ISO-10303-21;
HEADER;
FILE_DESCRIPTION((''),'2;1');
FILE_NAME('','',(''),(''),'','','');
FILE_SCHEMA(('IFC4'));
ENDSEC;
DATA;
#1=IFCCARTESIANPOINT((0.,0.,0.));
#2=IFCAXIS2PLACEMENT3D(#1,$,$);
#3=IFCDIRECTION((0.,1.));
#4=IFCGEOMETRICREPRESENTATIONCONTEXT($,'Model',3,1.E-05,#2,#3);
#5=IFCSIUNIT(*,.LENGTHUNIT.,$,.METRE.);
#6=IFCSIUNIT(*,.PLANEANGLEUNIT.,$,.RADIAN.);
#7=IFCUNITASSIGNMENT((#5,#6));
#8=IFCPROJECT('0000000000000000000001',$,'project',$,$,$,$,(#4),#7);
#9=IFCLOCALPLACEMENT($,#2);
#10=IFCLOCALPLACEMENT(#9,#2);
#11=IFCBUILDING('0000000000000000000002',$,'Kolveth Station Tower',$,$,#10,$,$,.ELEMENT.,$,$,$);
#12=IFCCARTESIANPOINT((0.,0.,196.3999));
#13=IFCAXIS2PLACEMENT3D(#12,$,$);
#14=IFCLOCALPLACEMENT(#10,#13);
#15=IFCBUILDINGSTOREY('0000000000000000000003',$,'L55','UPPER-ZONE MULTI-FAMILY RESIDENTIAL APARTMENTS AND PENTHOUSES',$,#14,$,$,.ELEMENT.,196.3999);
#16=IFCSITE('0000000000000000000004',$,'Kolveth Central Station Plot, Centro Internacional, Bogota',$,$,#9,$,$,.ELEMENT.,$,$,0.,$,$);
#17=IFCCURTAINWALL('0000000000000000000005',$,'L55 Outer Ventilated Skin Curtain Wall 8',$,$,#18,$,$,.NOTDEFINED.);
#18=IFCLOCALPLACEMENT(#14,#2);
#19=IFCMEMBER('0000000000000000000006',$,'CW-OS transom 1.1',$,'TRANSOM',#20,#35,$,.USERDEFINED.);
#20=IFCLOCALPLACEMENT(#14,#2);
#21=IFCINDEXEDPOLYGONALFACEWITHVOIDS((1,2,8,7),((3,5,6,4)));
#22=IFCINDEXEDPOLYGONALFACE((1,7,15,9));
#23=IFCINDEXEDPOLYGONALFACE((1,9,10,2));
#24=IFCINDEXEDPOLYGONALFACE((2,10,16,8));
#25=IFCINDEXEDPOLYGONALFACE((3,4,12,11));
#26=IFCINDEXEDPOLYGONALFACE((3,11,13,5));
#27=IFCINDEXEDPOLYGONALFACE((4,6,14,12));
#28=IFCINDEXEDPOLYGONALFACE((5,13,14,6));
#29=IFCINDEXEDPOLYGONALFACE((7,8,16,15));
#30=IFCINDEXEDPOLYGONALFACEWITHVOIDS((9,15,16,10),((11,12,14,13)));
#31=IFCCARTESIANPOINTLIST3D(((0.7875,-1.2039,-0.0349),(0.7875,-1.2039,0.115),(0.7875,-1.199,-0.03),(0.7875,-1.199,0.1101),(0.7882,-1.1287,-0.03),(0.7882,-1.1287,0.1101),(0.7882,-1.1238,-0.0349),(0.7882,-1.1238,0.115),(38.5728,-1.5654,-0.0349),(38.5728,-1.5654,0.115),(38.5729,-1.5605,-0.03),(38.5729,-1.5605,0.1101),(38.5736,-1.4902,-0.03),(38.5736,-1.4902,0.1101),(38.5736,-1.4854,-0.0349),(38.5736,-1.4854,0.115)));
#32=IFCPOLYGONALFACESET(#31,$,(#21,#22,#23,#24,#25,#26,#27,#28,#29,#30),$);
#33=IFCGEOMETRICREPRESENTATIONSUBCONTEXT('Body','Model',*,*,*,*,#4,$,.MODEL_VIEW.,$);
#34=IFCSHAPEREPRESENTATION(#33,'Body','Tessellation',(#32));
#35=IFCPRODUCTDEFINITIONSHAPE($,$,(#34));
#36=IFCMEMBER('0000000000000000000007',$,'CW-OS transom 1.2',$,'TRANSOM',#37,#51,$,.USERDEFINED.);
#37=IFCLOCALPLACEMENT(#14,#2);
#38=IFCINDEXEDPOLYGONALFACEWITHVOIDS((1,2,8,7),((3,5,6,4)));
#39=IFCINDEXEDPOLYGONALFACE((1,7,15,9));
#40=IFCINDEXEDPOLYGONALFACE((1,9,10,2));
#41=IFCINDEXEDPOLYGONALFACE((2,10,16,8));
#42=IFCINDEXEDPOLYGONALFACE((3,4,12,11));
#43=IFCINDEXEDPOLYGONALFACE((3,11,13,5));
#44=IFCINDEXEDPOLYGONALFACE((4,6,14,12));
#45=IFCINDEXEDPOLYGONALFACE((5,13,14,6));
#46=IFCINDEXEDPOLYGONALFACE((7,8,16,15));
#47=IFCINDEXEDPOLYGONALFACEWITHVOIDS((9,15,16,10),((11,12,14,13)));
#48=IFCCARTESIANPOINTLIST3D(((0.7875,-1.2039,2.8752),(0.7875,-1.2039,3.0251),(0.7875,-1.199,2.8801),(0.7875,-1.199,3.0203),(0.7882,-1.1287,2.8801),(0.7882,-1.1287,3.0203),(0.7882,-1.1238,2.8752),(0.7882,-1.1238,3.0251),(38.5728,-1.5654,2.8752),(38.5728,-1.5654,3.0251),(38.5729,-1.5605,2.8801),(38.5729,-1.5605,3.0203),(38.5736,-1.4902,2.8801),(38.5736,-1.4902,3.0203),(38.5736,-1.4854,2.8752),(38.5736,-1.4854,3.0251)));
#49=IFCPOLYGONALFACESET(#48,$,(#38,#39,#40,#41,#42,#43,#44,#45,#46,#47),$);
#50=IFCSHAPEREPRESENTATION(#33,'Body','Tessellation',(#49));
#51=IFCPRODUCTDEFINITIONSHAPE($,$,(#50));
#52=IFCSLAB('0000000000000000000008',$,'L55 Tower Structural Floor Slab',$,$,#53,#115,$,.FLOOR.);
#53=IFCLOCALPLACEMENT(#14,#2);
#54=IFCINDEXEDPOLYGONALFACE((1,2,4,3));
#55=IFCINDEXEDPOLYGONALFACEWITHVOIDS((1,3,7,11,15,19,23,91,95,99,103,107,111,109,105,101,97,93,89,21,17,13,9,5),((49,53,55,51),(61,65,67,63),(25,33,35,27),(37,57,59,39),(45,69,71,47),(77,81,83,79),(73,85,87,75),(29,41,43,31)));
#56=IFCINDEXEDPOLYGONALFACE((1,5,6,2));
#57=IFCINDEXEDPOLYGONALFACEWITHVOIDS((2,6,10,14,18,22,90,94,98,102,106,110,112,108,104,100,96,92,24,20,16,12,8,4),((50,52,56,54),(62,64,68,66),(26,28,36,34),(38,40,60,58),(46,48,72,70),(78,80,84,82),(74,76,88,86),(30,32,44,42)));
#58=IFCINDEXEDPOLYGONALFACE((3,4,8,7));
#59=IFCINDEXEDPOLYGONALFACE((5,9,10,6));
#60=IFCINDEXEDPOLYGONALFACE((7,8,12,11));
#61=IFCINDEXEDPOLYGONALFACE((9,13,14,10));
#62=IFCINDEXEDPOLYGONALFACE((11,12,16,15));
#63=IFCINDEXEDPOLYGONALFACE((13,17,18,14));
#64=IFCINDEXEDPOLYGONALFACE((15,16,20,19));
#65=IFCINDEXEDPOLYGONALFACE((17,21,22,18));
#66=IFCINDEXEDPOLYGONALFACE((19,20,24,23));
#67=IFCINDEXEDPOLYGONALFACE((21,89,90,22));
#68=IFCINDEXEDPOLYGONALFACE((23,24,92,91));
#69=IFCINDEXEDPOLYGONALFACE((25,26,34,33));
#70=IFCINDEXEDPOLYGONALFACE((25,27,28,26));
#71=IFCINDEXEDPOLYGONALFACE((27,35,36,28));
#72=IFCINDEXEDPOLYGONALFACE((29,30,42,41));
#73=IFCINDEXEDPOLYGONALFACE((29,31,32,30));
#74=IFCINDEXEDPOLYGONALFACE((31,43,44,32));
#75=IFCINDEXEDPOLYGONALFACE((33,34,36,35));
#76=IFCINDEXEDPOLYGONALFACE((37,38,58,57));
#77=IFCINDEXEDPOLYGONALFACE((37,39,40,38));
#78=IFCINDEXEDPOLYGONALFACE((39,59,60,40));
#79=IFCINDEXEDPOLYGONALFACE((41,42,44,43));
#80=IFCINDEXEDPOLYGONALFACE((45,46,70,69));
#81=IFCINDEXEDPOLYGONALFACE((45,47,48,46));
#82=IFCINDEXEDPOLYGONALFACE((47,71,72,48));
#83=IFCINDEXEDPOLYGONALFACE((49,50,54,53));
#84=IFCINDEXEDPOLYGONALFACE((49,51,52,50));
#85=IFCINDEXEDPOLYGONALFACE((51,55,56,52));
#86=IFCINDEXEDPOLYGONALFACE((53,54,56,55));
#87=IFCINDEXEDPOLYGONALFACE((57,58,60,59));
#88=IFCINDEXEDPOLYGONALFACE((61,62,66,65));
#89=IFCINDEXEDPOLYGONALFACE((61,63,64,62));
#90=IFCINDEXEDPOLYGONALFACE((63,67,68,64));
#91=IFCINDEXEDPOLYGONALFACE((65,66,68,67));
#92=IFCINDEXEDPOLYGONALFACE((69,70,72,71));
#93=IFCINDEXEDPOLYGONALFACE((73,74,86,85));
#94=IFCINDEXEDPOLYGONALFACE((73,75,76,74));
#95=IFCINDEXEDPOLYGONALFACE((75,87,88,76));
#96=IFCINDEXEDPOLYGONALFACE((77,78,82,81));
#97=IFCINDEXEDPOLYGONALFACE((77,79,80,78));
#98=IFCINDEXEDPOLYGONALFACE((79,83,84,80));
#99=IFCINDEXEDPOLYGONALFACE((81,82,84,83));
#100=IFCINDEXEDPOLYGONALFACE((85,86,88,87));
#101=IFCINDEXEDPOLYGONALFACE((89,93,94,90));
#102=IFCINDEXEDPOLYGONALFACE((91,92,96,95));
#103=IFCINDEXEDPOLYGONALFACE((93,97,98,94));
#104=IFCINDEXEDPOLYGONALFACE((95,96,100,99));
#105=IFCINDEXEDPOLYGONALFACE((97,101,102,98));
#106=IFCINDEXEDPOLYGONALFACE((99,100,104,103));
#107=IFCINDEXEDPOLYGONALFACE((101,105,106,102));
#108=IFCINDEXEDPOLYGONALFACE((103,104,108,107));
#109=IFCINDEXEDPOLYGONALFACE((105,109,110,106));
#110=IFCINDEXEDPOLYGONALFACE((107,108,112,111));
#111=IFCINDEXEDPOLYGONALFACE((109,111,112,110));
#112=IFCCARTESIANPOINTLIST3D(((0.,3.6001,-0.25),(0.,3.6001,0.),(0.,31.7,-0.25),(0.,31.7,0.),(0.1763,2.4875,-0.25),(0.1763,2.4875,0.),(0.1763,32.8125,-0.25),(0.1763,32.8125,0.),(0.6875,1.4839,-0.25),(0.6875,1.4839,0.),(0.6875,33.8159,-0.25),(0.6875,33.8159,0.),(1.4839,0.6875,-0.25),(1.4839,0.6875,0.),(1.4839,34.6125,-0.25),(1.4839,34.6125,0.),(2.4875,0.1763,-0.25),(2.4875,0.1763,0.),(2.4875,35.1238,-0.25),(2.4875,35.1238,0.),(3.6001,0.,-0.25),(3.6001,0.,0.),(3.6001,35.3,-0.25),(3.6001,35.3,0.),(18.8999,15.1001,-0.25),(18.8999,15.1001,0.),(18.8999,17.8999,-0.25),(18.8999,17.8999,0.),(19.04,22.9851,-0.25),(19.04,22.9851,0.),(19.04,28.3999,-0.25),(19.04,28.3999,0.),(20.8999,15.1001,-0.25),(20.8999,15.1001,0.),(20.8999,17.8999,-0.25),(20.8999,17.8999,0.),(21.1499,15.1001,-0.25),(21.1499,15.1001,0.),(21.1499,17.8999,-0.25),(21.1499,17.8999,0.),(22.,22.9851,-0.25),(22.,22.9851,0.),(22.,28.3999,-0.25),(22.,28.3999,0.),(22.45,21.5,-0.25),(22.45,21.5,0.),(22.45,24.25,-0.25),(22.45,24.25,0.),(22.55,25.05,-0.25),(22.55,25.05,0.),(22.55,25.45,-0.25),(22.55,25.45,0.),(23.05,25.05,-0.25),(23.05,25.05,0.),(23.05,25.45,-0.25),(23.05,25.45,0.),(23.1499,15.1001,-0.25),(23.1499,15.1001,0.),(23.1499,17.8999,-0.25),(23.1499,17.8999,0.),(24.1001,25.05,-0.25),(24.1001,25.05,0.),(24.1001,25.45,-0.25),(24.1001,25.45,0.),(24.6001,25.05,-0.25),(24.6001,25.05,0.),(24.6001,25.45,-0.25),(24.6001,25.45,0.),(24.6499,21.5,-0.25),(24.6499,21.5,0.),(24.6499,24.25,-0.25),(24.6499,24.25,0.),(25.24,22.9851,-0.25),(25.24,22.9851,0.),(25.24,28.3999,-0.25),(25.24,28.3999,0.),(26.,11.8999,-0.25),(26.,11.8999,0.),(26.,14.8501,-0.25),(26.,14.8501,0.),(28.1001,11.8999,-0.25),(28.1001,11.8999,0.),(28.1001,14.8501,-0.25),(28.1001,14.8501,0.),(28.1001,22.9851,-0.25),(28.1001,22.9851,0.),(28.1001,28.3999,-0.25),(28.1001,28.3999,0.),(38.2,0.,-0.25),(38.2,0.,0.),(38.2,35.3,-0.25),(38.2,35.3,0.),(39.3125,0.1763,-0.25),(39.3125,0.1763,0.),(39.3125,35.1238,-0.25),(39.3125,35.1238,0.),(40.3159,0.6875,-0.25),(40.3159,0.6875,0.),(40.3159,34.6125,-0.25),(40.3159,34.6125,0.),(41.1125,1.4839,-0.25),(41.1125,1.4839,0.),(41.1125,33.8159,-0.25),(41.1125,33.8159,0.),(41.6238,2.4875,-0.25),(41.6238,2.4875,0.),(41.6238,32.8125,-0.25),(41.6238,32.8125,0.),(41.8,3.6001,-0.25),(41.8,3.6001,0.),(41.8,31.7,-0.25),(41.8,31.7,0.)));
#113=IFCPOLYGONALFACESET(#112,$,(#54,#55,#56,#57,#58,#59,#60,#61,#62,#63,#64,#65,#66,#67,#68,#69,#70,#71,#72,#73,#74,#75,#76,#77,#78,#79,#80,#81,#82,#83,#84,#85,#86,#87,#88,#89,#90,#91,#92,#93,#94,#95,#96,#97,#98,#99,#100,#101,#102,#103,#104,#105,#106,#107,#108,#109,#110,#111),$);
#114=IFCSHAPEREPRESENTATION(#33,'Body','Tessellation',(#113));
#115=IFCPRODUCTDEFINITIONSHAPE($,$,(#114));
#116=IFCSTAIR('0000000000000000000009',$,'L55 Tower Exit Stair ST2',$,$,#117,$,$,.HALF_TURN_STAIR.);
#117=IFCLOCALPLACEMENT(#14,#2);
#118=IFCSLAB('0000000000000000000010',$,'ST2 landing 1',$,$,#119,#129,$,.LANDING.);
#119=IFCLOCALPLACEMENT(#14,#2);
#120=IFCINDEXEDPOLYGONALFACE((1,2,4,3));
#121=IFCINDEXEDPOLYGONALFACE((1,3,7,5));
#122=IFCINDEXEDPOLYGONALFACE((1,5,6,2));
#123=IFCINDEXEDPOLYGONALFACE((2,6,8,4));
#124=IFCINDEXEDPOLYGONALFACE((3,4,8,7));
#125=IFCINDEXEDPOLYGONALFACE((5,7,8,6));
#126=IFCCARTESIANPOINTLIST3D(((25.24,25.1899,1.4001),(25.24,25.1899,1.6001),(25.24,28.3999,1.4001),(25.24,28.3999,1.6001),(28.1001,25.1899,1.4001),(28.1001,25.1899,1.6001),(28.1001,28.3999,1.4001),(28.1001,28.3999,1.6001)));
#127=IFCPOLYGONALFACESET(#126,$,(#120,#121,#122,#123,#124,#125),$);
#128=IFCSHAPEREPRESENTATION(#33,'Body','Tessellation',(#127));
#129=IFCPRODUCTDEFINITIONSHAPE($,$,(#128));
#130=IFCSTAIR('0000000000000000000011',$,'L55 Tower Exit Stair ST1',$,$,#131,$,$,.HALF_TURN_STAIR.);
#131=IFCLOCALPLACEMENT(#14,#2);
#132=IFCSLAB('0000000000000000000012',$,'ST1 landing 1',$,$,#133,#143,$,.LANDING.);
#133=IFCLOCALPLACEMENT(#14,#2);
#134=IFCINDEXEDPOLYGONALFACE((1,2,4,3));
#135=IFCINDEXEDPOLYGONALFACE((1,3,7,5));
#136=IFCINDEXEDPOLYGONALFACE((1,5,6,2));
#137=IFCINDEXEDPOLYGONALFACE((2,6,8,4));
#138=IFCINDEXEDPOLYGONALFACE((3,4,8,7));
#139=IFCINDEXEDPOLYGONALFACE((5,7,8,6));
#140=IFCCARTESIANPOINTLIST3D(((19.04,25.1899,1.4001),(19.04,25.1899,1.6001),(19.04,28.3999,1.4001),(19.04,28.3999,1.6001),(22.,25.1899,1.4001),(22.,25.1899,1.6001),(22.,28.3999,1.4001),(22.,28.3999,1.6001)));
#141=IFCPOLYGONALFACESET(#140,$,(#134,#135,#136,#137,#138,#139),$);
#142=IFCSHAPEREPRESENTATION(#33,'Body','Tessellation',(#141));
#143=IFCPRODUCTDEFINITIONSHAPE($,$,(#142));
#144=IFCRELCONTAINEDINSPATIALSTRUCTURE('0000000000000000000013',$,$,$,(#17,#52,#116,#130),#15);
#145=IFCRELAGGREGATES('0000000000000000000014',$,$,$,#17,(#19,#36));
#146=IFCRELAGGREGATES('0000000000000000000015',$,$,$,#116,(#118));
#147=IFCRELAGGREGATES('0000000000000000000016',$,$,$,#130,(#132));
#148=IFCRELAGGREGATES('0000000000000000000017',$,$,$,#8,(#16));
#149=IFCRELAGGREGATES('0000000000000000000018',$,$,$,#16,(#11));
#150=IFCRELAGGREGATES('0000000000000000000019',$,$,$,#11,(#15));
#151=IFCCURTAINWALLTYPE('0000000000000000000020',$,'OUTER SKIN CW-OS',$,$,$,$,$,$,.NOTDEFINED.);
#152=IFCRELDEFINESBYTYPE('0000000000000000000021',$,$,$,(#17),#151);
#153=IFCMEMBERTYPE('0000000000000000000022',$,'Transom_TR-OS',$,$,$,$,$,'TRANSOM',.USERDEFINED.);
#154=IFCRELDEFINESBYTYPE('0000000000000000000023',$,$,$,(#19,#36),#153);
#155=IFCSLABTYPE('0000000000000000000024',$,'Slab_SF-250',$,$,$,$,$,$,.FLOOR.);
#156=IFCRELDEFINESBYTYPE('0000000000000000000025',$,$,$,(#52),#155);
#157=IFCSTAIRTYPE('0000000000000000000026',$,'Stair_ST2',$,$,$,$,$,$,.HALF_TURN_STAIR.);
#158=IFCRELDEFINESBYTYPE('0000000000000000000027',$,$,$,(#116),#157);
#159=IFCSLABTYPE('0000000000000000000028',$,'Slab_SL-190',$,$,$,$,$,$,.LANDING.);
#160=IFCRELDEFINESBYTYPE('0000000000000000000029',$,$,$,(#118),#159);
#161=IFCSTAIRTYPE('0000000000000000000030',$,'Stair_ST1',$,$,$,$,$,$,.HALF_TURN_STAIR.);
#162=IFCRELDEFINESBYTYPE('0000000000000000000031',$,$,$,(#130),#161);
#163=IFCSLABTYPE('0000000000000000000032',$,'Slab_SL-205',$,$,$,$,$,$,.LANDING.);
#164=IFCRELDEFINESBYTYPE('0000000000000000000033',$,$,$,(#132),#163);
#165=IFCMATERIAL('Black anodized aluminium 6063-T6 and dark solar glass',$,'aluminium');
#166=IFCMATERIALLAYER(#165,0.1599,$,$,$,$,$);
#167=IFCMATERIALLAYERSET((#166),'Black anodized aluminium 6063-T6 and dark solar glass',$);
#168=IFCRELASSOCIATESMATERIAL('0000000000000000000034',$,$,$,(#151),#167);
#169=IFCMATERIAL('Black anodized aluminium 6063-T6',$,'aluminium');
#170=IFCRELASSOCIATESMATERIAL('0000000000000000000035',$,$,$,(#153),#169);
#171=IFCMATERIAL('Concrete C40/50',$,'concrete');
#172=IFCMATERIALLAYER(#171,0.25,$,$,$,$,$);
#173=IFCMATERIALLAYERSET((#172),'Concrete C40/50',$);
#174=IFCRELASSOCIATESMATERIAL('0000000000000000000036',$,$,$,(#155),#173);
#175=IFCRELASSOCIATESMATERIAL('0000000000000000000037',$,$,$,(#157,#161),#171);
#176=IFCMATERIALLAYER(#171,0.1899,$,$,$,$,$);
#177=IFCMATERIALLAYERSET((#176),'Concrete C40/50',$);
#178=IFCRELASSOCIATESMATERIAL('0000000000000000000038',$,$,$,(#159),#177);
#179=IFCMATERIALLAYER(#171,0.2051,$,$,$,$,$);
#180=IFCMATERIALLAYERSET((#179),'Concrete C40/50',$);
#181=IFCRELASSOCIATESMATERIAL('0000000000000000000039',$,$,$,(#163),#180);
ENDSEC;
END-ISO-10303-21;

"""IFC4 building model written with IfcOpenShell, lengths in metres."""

from ifc_helpers import new_model, si_unit, direction, frame, origin, origin_2d, place, context, subcontext, project, spatial, polyline, hollow_rectangle, outline, extrude, source, transform, mapped, material, layer, layer_set, material_profile, profile_set, type_object, element, aggregate, save


model = new_model("IFC4")

# Units and contexts
model_context = context("Model", 3, precision=1e-05, world=origin(), true_north=direction((0.0, 1.0)))
body_context = subcontext(model_context, "Body", "Model", "MODEL_VIEW")
ifc_project = project(units=[si_unit("LENGTHUNIT", "METRE"), si_unit("PLANEANGLEUNIT", "RADIAN")], contexts=[model_context])

# Site, building, storey
site_placement = place(None, origin())
site = spatial("IfcSite", under=ifc_project, at=site_placement, Name="Kolveth Central Station Plot, Centro Internacional, Bogota", CompositionType="ELEMENT", RefElevation=0.0)
building_placement = place(site_placement, origin())
building = spatial("IfcBuilding", under=site, at=building_placement, Name="Kolveth Station Tower", CompositionType="ELEMENT")
storey_placement = place(building_placement, frame((0.0, 0.0, 196.3999)))
storey = spatial("IfcBuildingStorey", under=building, at=storey_placement, Name="L55", Description="UPPER-ZONE MULTI-FAMILY RESIDENTIAL APARTMENTS AND PENTHOUSES", CompositionType="ELEMENT", Elevation=196.3999)

# Curtain wall
ifc_material_1 = material(Name="Black anodized aluminium 6063-T6 and dark solar glass", Category="aluminium")
ifc_layer_1 = layer(ifc_material_1, 0.1599)
ifc_layer_set_1 = layer_set([ifc_layer_1], Name="Black anodized aluminium 6063-T6 and dark solar glass")
curtain_wall_type_1 = type_object("IfcCurtainWallType", Name="OUTER SKIN CW-OS", PredefinedType="NOTDEFINED", material=ifc_layer_set_1)
ifc_material_2 = material(Name="Black anodized aluminium 6063-T6", Category="aluminium")
curtain_wall_1_placement = place(storey_placement, origin())
curtain_wall_1 = element("IfcCurtainWall", 1, at=curtain_wall_1_placement, inside=storey, type_object=curtain_wall_type_1, Name="L55 Outer Ventilated Skin Curtain Wall 8", PredefinedType="NOTDEFINED")

# Members
ifc_material_profile_1 = material_profile(ifc_material_2, hollow_rectangle(XDim=0.0801, YDim=0.1499, WallThickness=0.0049, at=origin_2d()), Name="ALU-80x150x5")
ifc_profile_set_1 = profile_set([ifc_material_profile_1], Name="Black anodized aluminium 6063-T6")
member_type_1 = type_object("IfcMemberType", Name="Transom_TR-OS", ElementType="TRANSOM", PredefinedType="USERDEFINED", material=ifc_profile_set_1)
shared_shape_1 = source(origin(), body_context, "Body", "SweptSolid", [
    extrude(hollow_rectangle(XDim=0.0801, YDim=0.1499, WallThickness=0.0049, at=origin_2d()), origin(), (0.0, 0.0, 1.0), 37.7871),
])
member_1_placement = place(storey_placement, frame((0.7878, -1.1638, 0.04), z_axis=(0.999954, -0.009569, 0.0), x_axis=(0.009569, 0.999954, 0.0)))
member_1 = element("IfcMember", 2, at=member_1_placement, type_object=member_type_1, Name="CW-OS transom 1.1", ObjectType="TRANSOM", PredefinedType="USERDEFINED", context=body_context, shape_type="MappedRepresentation", body=[
    mapped(shared_shape_1, transform((0.0, 0.0, 0.0), x_axis=(1.0, 0.0, 0.0), y_axis=(0.0, 1.0, 0.0), z_axis=(0.0, 0.0, 1.0), scale=1.0)),
])
member_2_placement = place(storey_placement, frame((0.7878, -1.1638, 2.9502), z_axis=(0.999954, -0.009569, 0.0), x_axis=(0.009569, 0.999954, 0.0)))
member_2 = element("IfcMember", 3, at=member_2_placement, type_object=member_type_1, Name="CW-OS transom 1.2", ObjectType="TRANSOM", PredefinedType="USERDEFINED", context=body_context, shape_type="MappedRepresentation", body=[
    mapped(shared_shape_1, transform((0.0, 0.0, 0.0), x_axis=(1.0, 0.0, 0.0), y_axis=(0.0, 1.0, 0.0), z_axis=(0.0, 0.0, 1.0), scale=1.0)),
])
aggregate(curtain_wall_1, [member_1, member_2])

# Slab
ifc_material_3 = material(Name="Concrete C40/50", Category="concrete")
ifc_layer_2 = layer(ifc_material_3, 0.25)
ifc_layer_set_2 = layer_set([ifc_layer_2], Name="Concrete C40/50")
slab_type_1 = type_object("IfcSlabType", Name="Slab_SF-250", PredefinedType="FLOOR", material=ifc_layer_set_2)
slab_1_placement = place(storey_placement, frame((0.0, 0.0, -0.25)))
element("IfcSlab", 4, at=slab_1_placement, inside=storey, type_object=slab_type_1, Name="L55 Tower Structural Floor Slab", PredefinedType="FLOOR", context=body_context, shape_type="SweptSolid", body=[
    extrude(outline(polyline([(38.2, 0.0), (39.3125, 0.1763), (40.3159, 0.6875), (41.1125, 1.4839), (41.6238, 2.4875), (41.8, 3.6001), (41.8, 31.7), (41.6238, 32.8125), (41.1125, 33.8159), (40.3159, 34.6125), (39.3125, 35.1238), (38.2, 35.3), (3.6001, 35.3), (2.4875, 35.1238), (1.4839, 34.6125), (0.6875, 33.8159), (0.1763, 32.8125), (0.0, 31.7), (0.0, 3.6001), (0.1763, 2.4875), (0.6875, 1.4839), (1.4839, 0.6875), (2.4875, 0.1763), (3.6001, 0.0), (38.2, 0.0)]), holes=[polyline([(19.04, 22.9851), (22.0, 22.9851), (22.0, 28.3999), (19.04, 28.3999), (19.04, 22.9851)]), polyline([(25.24, 22.9851), (28.1001, 22.9851), (28.1001, 28.3999), (25.24, 28.3999), (25.24, 22.9851)]), polyline([(18.8999, 15.1001), (20.8999, 15.1001), (20.8999, 17.8999), (18.8999, 17.8999), (18.8999, 15.1001)]), polyline([(21.1499, 15.1001), (23.1499, 15.1001), (23.1499, 17.8999), (21.1499, 17.8999), (21.1499, 15.1001)]), polyline([(22.45, 21.5), (24.6499, 21.5), (24.6499, 24.25), (22.45, 24.25), (22.45, 21.5)]), polyline([(26.0, 11.8999), (28.1001, 11.8999), (28.1001, 14.8501), (26.0, 14.8501), (26.0, 11.8999)]), polyline([(22.55, 25.05), (23.05, 25.05), (23.05, 25.45), (22.55, 25.45), (22.55, 25.05)]), polyline([(24.1001, 25.05), (24.6001, 25.05), (24.6001, 25.45), (24.1001, 25.45), (24.1001, 25.05)])]), origin(), (0.0, 0.0, 1.0), 0.25),
])

# Stairs, slabs
stair_type_1 = type_object("IfcStairType", Name="Stair_ST2", PredefinedType="HALF_TURN_STAIR", material=ifc_material_3)
stair_1_placement = place(storey_placement, origin())
stair_1 = element("IfcStair", 5, at=stair_1_placement, inside=storey, type_object=stair_type_1, Name="L55 Tower Exit Stair ST2", PredefinedType="HALF_TURN_STAIR")
ifc_layer_3 = layer(ifc_material_3, 0.1899)
ifc_layer_set_3 = layer_set([ifc_layer_3], Name="Concrete C40/50")
slab_type_2 = type_object("IfcSlabType", Name="Slab_SL-190", PredefinedType="LANDING", material=ifc_layer_set_3)
slab_2_placement = place(storey_placement, frame((0.0, 0.0, 1.4001)))
slab_2 = element("IfcSlab", 6, at=slab_2_placement, type_object=slab_type_2, Name="ST2 landing 1", PredefinedType="LANDING", context=body_context, shape_type="SweptSolid", body=[
    extrude(outline(polyline([(28.1001, 25.1899), (28.1001, 28.3999), (25.24, 28.3999), (25.24, 25.1899), (28.1001, 25.1899)])), origin(), (0.0, 0.0, 1.0), 0.2),
])
aggregate(stair_1, [slab_2])
stair_type_2 = type_object("IfcStairType", Name="Stair_ST1", PredefinedType="HALF_TURN_STAIR", material=ifc_material_3)
stair_2_placement = place(storey_placement, origin())
stair_2 = element("IfcStair", 7, at=stair_2_placement, inside=storey, type_object=stair_type_2, Name="L55 Tower Exit Stair ST1", PredefinedType="HALF_TURN_STAIR")
ifc_layer_4 = layer(ifc_material_3, 0.2051)
ifc_layer_set_4 = layer_set([ifc_layer_4], Name="Concrete C40/50")
slab_type_3 = type_object("IfcSlabType", Name="Slab_SL-205", PredefinedType="LANDING", material=ifc_layer_set_4)
slab_3_placement = place(storey_placement, frame((0.0, 0.0, 1.4001)))
slab_3 = element("IfcSlab", 8, at=slab_3_placement, type_object=slab_type_3, Name="ST1 landing 1", PredefinedType="LANDING", context=body_context, shape_type="SweptSolid", body=[
    extrude(outline(polyline([(22.0, 25.1899), (22.0, 28.3999), (19.04, 28.3999), (19.04, 25.1899), (22.0, 25.1899)])), origin(), (0.0, 0.0, 1.0), 0.2),
])
aggregate(stair_2, [slab_3])

save(model, "model.ifc")
